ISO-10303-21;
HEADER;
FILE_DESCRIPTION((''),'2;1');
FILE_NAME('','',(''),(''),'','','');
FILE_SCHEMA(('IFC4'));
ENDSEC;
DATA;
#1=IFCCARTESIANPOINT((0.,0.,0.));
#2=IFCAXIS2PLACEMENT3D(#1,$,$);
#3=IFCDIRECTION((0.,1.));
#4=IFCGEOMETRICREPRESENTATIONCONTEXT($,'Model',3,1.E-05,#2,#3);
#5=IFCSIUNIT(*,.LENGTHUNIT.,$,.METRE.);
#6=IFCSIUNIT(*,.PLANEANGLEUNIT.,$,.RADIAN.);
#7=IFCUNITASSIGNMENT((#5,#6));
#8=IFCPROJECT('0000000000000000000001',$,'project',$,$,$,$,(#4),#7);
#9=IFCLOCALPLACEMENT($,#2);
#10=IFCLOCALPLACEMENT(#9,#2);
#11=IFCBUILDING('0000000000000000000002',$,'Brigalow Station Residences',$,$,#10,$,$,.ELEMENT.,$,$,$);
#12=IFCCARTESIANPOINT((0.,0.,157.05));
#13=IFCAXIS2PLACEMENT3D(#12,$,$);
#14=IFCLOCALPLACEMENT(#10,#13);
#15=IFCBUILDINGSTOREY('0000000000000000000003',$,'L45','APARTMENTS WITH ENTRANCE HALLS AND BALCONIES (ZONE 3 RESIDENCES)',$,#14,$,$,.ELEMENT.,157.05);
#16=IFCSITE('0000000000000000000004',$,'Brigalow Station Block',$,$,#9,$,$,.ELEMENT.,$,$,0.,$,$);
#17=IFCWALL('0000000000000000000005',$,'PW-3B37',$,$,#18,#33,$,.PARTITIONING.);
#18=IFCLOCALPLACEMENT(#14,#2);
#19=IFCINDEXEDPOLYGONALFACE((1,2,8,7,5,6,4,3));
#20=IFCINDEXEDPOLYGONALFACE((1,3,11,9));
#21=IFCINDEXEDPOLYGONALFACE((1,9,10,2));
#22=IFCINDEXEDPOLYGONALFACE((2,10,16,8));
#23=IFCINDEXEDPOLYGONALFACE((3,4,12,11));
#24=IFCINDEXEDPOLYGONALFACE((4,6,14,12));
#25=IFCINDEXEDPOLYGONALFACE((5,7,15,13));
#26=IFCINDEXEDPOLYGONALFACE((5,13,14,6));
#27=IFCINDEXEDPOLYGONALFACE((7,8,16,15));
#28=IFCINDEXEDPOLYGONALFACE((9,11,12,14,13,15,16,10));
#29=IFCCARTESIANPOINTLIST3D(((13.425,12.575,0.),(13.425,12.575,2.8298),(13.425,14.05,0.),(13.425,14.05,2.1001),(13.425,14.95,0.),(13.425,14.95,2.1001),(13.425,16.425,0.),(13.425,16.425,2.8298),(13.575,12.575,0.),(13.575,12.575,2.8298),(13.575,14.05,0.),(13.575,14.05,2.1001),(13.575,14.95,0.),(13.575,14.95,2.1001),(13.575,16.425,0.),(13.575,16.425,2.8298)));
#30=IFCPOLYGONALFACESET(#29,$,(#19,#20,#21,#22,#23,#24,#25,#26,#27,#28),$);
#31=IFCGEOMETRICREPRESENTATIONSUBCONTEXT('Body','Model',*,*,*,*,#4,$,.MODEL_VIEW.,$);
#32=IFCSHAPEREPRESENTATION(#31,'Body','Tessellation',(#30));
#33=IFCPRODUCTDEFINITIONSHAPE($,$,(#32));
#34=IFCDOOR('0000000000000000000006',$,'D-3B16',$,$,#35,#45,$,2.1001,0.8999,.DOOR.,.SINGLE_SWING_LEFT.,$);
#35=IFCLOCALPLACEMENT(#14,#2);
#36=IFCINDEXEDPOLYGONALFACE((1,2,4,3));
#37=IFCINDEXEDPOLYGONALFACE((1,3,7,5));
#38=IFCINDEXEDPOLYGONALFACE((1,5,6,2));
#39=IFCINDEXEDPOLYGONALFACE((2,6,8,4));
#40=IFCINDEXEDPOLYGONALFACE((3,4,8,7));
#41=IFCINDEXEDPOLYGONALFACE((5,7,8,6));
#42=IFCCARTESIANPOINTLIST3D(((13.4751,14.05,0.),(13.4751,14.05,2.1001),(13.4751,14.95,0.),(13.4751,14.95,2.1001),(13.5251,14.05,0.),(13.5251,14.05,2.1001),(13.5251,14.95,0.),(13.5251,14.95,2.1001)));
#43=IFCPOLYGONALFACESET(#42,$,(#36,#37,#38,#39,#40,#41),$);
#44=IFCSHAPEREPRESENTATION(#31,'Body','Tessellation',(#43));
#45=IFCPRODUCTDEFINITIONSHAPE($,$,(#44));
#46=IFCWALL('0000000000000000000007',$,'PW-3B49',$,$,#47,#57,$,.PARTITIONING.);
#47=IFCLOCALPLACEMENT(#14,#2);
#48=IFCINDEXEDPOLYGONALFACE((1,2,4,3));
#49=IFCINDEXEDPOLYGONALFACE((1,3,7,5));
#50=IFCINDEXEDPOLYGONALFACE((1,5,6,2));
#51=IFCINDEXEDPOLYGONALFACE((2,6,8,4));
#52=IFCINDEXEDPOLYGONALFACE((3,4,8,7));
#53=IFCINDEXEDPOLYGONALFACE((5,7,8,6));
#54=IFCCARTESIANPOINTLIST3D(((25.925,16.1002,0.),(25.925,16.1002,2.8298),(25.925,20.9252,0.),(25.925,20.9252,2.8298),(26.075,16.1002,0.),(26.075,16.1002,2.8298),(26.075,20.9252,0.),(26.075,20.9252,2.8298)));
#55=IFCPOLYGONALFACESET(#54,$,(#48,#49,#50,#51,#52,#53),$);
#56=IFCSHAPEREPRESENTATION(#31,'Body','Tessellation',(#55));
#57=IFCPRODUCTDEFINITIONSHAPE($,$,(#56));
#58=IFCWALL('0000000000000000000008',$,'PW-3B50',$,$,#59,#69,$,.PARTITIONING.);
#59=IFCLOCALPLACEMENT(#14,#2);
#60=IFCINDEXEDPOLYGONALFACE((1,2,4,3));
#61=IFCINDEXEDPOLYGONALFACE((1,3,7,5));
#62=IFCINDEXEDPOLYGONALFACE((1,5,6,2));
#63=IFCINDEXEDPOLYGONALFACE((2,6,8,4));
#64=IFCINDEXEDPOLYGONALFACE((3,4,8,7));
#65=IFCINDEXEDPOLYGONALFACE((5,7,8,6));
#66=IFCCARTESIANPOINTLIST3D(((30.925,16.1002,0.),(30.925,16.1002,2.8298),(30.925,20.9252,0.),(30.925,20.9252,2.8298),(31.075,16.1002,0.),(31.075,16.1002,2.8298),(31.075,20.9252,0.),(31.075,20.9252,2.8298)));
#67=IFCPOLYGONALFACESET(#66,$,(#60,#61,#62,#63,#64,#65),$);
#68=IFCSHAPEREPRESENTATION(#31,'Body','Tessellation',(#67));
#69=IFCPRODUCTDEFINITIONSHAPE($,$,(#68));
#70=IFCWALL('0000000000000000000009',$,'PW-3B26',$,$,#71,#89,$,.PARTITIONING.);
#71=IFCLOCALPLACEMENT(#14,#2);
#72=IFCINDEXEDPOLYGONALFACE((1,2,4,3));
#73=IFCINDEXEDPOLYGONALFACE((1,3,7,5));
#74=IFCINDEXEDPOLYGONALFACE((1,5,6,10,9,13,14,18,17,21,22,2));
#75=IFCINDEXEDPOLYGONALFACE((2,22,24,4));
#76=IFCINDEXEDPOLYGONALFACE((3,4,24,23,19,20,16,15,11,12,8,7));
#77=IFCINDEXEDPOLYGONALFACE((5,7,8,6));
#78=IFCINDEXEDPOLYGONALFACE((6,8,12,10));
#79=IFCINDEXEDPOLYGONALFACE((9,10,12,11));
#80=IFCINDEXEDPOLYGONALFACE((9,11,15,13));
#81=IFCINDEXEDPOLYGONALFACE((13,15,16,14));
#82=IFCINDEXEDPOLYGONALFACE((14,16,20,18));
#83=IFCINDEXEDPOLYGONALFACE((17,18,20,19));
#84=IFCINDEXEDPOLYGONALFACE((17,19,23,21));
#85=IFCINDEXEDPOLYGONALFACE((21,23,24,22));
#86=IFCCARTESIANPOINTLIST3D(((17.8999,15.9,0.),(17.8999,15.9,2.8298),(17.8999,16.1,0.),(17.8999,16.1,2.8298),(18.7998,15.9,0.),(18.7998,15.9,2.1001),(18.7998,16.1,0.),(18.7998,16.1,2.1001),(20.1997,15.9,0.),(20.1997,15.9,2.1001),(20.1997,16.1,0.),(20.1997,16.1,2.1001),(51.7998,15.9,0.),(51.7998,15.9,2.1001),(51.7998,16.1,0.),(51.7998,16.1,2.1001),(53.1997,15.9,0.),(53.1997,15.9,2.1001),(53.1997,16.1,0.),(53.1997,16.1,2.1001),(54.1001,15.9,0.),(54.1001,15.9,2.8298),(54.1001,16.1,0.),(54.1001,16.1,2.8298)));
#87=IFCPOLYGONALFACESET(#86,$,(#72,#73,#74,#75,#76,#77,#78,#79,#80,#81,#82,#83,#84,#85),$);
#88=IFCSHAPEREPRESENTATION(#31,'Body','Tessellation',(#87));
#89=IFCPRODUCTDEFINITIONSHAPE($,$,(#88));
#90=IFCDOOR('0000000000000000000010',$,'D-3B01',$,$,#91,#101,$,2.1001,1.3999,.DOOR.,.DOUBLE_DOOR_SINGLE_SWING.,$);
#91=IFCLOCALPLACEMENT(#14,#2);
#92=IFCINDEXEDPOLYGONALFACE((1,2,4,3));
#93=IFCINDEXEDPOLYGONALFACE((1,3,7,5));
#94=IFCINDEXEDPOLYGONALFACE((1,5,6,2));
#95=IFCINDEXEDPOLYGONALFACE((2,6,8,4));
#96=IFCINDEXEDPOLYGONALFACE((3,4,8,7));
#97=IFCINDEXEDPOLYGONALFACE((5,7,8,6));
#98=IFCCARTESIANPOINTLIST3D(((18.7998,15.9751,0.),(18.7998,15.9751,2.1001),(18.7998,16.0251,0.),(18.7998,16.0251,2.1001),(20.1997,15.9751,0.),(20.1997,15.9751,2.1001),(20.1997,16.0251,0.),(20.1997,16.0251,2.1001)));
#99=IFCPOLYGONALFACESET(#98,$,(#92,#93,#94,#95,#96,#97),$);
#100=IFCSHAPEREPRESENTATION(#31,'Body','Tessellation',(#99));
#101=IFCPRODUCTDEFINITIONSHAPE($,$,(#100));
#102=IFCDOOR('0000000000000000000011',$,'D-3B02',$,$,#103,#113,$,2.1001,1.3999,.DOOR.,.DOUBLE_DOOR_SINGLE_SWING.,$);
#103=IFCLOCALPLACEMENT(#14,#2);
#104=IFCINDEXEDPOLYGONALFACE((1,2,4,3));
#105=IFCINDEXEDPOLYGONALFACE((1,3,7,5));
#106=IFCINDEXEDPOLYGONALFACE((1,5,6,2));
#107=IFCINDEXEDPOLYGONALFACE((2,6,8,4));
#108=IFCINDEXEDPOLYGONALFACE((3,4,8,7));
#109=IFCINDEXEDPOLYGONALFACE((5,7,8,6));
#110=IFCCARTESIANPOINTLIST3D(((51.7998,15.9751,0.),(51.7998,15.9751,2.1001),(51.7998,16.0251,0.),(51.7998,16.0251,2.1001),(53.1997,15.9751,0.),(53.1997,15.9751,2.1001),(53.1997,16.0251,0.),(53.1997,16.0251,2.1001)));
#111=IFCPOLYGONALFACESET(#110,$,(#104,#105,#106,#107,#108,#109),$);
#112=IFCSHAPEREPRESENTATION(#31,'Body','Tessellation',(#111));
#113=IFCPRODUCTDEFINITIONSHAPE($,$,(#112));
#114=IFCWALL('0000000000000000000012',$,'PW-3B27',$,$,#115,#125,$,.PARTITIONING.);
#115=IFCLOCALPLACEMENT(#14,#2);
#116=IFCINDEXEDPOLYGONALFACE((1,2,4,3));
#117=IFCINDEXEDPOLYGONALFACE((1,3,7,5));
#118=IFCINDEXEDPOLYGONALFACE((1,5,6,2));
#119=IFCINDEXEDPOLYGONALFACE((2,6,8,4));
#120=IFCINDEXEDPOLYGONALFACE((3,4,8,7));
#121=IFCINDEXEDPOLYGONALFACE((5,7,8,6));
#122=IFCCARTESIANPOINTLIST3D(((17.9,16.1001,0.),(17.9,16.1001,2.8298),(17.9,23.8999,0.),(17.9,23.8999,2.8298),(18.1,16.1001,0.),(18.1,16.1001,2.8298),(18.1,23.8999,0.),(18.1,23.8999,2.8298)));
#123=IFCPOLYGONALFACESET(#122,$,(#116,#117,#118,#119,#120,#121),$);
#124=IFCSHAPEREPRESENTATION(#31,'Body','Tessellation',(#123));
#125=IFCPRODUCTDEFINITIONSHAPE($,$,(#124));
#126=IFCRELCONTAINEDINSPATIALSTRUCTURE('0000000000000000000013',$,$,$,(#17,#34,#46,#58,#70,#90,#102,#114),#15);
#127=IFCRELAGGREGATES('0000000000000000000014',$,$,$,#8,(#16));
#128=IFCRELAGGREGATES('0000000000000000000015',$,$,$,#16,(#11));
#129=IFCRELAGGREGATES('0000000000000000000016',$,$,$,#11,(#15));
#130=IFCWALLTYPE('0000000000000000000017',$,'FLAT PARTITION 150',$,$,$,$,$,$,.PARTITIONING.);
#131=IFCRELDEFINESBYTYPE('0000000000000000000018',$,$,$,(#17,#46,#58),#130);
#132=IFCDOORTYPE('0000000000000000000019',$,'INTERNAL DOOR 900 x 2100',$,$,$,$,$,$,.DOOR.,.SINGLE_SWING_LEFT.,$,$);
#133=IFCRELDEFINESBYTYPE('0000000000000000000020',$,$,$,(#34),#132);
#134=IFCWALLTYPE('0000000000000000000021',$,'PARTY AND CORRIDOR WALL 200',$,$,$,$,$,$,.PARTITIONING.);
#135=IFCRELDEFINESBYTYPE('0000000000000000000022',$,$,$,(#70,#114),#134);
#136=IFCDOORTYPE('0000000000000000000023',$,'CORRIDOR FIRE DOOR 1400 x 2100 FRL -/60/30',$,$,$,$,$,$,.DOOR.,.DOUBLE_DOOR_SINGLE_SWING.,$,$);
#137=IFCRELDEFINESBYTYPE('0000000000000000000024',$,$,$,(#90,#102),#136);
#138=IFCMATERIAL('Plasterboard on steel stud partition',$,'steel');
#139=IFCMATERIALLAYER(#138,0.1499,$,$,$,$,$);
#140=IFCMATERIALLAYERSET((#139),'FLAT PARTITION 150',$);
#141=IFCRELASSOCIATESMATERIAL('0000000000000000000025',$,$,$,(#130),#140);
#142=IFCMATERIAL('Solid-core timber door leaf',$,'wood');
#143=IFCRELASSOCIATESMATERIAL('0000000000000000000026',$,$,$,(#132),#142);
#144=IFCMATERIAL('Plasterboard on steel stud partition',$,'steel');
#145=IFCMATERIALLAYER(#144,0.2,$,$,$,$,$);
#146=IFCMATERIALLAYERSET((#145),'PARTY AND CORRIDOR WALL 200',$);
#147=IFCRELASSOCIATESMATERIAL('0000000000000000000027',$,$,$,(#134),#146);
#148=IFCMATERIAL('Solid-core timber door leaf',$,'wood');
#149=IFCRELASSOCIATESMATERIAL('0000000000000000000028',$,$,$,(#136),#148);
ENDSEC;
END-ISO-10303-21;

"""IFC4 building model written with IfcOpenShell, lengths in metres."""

from ifc_helpers import new_model, si_unit, direction, frame, frame_2d, origin, place, context, subcontext, project, spatial, rectangle, extrude, material, layer, layer_set, type_object, element, fill, save


model = new_model("IFC4")

# Units and contexts
model_context = context("Model", 3, precision=1e-05, world=origin(), true_north=direction((0.0, 1.0)))
body_context = subcontext(model_context, "Body", "Model", "MODEL_VIEW")
ifc_project = project(units=[si_unit("LENGTHUNIT", "METRE"), si_unit("PLANEANGLEUNIT", "RADIAN")], contexts=[model_context])

# Site, building, storey
site_placement = place(None, origin())
site = spatial("IfcSite", under=ifc_project, at=site_placement, Name="Brigalow Station Block", CompositionType="ELEMENT", RefElevation=0.0)
building_placement = place(site_placement, origin())
building = spatial("IfcBuilding", under=site, at=building_placement, Name="Brigalow Station Residences", CompositionType="ELEMENT")
storey_placement = place(building_placement, frame((0.0, 0.0, 157.05)))
storey = spatial("IfcBuildingStorey", under=building, at=storey_placement, Name="L45", Description="APARTMENTS WITH ENTRANCE HALLS AND BALCONIES (ZONE 3 RESIDENCES)", CompositionType="ELEMENT", Elevation=157.05)

# Shared definitions
ifc_material_1 = material(Name="Plasterboard on steel stud partition", Category="steel")
ifc_layer_1 = layer(ifc_material_1, 0.1499)
ifc_layer_set_1 = layer_set([ifc_layer_1], Name="FLAT PARTITION 150")
wall_type_1 = type_object("IfcWallType", Name="FLAT PARTITION 150", PredefinedType="PARTITIONING", material=ifc_layer_set_1)
ifc_material_2 = material(Name="Solid-core timber door leaf", Category="wood")
door_type_1 = type_object("IfcDoorType", Name="INTERNAL DOOR 900 x 2100", OperationType="SINGLE_SWING_LEFT", PredefinedType="DOOR", material=ifc_material_2)

# Wall, opening, door
wall_1_placement = place(storey_placement, frame((13.5, 12.575, 0.0), z_axis=(0.0, 0.0, 1.0), x_axis=(0.0, 1.0, 0.0)))
wall_1 = element("IfcWall", 1, at=wall_1_placement, inside=storey, type_object=wall_type_1, Name="PW-3B37", PredefinedType="PARTITIONING", context=body_context, shape_type="SweptSolid", body=[
    extrude(rectangle(XDim=3.8501, YDim=0.1499, at=frame_2d((1.925, 0.0))), origin(), (0.0, 0.0, 1.0), 2.8298),
])
opening_1_placement = place(wall_1_placement, frame((1.4751, 0.0, 0.0)))
opening_1 = element("IfcOpeningElement", 2, at=opening_1_placement, cuts=wall_1, PredefinedType="OPENING", context=body_context, shape_type="SweptSolid", body=[
    extrude(rectangle(XDim=0.8999, YDim=2.1001, at=frame_2d((0.45, 1.05))), frame((0.0, 0.085, 0.0), z_axis=(0.0, -1.0, 0.0), x_axis=(1.0, 0.0, 0.0)), (0.0, 0.0, 1.0), 0.1699),
])
door_1_placement = place(opening_1_placement, origin())
door_1 = element("IfcDoor", 3, at=door_1_placement, inside=storey, type_object=door_type_1, Name="D-3B16", OperationType="SINGLE_SWING_LEFT", OverallHeight=2.1001, OverallWidth=0.8999, PredefinedType="DOOR", context=body_context, shape_type="SweptSolid", body=[
    extrude(rectangle(XDim=0.8999, YDim=2.1001, at=frame_2d((0.45, 1.05))), frame((0.0, 0.0249, 0.0), z_axis=(0.0, -1.0, 0.0), x_axis=(1.0, 0.0, 0.0)), (0.0, 0.0, 1.0), 0.05),
])
fill(opening_1, door_1)

# Walls
for number, where, z_axis, x_axis, name in (
    (4, (26.0, 16.1001, 0.0), (0.0, 0.0, 1.0), (0.0, 1.0, 0.0), "PW-3B49"),
    (5, (31.0, 16.1001, 0.0), (0.0, 0.0, 1.0), (0.0, 1.0, 0.0), "PW-3B50"),
):
    element("IfcWall", number, at=place(storey_placement, frame(where, z_axis=z_axis, x_axis=x_axis)), inside=storey, type_object=wall_type_1, Name=name, PredefinedType="PARTITIONING", context=body_context, shape_type="SweptSolid", body=[
        extrude(rectangle(XDim=4.825, YDim=0.1499, at=frame_2d((2.4126, 0.0))), origin(), (0.0, 0.0, 1.0), 2.8298),
    ])

# Wall, openings, doors
ifc_material_3 = material(Name="Plasterboard on steel stud partition", Category="steel")
ifc_layer_2 = layer(ifc_material_3, 0.2)
ifc_layer_set_2 = layer_set([ifc_layer_2], Name="PARTY AND CORRIDOR WALL 200")
wall_type_2 = type_object("IfcWallType", Name="PARTY AND CORRIDOR WALL 200", PredefinedType="PARTITIONING", material=ifc_layer_set_2)
wall_2_placement = place(storey_placement, frame((17.8999, 16.0, 0.0), z_axis=(0.0, 0.0, 1.0), x_axis=(1.0, 0.0, 0.0)))
wall_2 = element("IfcWall", 6, at=wall_2_placement, inside=storey, type_object=wall_type_2, Name="PW-3B26", PredefinedType="PARTITIONING", context=body_context, shape_type="SweptSolid", body=[
    extrude(rectangle(XDim=36.2002, YDim=0.2, at=frame_2d((18.1001, 0.0))), origin(), (0.0, 0.0, 1.0), 2.8298),
])
opening_2_placement = place(wall_2_placement, frame((0.8999, 0.0, 0.0)))
opening_2 = element("IfcOpeningElement", 7, at=opening_2_placement, cuts=wall_2, PredefinedType="OPENING", context=body_context, shape_type="SweptSolid", body=[
    extrude(rectangle(XDim=1.3999, YDim=2.1001, at=frame_2d((0.7, 1.05))), frame((0.0, 0.1099, 0.0), z_axis=(0.0, -1.0, 0.0), x_axis=(1.0, 0.0, 0.0)), (0.0, 0.0, 1.0), 0.22),
])
opening_3_placement = place(wall_2_placement, frame((33.8999, 0.0, 0.0)))
opening_3 = element("IfcOpeningElement", 8, at=opening_3_placement, cuts=wall_2, PredefinedType="OPENING", context=body_context, shape_type="SweptSolid", body=[
    extrude(rectangle(XDim=1.3999, YDim=2.1001, at=frame_2d((0.7, 1.05))), frame((0.0, 0.1099, 0.0), z_axis=(0.0, -1.0, 0.0), x_axis=(1.0, 0.0, 0.0)), (0.0, 0.0, 1.0), 0.22),
])
ifc_material_4 = material(Name="Solid-core timber door leaf", Category="wood")
door_type_2 = type_object("IfcDoorType", Name="CORRIDOR FIRE DOOR 1400 x 2100 FRL -/60/30", OperationType="DOUBLE_DOOR_SINGLE_SWING", PredefinedType="DOOR", material=ifc_material_4)
door_2_placement = place(opening_2_placement, frame((1.3999, 0.0, 0.0), z_axis=(0.0, 0.0, 1.0), x_axis=(-1.0, 0.0, 0.0)))
door_2 = element("IfcDoor", 9, at=door_2_placement, inside=storey, type_object=door_type_2, Name="D-3B01", OperationType="DOUBLE_DOOR_SINGLE_SWING", OverallHeight=2.1001, OverallWidth=1.3999, PredefinedType="DOOR", context=body_context, shape_type="SweptSolid", body=[
    extrude(rectangle(XDim=1.3999, YDim=2.1001, at=frame_2d((0.7, 1.05))), frame((0.0, 0.0249, 0.0), z_axis=(0.0, -1.0, 0.0), x_axis=(1.0, 0.0, 0.0)), (0.0, 0.0, 1.0), 0.05),
])
fill(opening_2, door_2)
door_3_placement = place(opening_3_placement, frame((1.3999, 0.0, 0.0), z_axis=(0.0, 0.0, 1.0), x_axis=(-1.0, 0.0, 0.0)))
door_3 = element("IfcDoor", 10, at=door_3_placement, inside=storey, type_object=door_type_2, Name="D-3B02", OperationType="DOUBLE_DOOR_SINGLE_SWING", OverallHeight=2.1001, OverallWidth=1.3999, PredefinedType="DOOR", context=body_context, shape_type="SweptSolid", body=[
    extrude(rectangle(XDim=1.3999, YDim=2.1001, at=frame_2d((0.7, 1.05))), frame((0.0, 0.0249, 0.0), z_axis=(0.0, -1.0, 0.0), x_axis=(1.0, 0.0, 0.0)), (0.0, 0.0, 1.0), 0.05),
])
fill(opening_3, door_3)

# Wall
wall_3_placement = place(storey_placement, frame((18.0, 16.1001, 0.0), z_axis=(0.0, 0.0, 1.0), x_axis=(0.0, 1.0, 0.0)))
element("IfcWall", 11, at=wall_3_placement, inside=storey, type_object=wall_type_2, Name="PW-3B27", PredefinedType="PARTITIONING", context=body_context, shape_type="SweptSolid", body=[
    extrude(rectangle(XDim=7.7998, YDim=0.2, at=frame_2d((3.8999, 0.0))), origin(), (0.0, 0.0, 1.0), 2.8298),
])

save(model, "model.ifc")
